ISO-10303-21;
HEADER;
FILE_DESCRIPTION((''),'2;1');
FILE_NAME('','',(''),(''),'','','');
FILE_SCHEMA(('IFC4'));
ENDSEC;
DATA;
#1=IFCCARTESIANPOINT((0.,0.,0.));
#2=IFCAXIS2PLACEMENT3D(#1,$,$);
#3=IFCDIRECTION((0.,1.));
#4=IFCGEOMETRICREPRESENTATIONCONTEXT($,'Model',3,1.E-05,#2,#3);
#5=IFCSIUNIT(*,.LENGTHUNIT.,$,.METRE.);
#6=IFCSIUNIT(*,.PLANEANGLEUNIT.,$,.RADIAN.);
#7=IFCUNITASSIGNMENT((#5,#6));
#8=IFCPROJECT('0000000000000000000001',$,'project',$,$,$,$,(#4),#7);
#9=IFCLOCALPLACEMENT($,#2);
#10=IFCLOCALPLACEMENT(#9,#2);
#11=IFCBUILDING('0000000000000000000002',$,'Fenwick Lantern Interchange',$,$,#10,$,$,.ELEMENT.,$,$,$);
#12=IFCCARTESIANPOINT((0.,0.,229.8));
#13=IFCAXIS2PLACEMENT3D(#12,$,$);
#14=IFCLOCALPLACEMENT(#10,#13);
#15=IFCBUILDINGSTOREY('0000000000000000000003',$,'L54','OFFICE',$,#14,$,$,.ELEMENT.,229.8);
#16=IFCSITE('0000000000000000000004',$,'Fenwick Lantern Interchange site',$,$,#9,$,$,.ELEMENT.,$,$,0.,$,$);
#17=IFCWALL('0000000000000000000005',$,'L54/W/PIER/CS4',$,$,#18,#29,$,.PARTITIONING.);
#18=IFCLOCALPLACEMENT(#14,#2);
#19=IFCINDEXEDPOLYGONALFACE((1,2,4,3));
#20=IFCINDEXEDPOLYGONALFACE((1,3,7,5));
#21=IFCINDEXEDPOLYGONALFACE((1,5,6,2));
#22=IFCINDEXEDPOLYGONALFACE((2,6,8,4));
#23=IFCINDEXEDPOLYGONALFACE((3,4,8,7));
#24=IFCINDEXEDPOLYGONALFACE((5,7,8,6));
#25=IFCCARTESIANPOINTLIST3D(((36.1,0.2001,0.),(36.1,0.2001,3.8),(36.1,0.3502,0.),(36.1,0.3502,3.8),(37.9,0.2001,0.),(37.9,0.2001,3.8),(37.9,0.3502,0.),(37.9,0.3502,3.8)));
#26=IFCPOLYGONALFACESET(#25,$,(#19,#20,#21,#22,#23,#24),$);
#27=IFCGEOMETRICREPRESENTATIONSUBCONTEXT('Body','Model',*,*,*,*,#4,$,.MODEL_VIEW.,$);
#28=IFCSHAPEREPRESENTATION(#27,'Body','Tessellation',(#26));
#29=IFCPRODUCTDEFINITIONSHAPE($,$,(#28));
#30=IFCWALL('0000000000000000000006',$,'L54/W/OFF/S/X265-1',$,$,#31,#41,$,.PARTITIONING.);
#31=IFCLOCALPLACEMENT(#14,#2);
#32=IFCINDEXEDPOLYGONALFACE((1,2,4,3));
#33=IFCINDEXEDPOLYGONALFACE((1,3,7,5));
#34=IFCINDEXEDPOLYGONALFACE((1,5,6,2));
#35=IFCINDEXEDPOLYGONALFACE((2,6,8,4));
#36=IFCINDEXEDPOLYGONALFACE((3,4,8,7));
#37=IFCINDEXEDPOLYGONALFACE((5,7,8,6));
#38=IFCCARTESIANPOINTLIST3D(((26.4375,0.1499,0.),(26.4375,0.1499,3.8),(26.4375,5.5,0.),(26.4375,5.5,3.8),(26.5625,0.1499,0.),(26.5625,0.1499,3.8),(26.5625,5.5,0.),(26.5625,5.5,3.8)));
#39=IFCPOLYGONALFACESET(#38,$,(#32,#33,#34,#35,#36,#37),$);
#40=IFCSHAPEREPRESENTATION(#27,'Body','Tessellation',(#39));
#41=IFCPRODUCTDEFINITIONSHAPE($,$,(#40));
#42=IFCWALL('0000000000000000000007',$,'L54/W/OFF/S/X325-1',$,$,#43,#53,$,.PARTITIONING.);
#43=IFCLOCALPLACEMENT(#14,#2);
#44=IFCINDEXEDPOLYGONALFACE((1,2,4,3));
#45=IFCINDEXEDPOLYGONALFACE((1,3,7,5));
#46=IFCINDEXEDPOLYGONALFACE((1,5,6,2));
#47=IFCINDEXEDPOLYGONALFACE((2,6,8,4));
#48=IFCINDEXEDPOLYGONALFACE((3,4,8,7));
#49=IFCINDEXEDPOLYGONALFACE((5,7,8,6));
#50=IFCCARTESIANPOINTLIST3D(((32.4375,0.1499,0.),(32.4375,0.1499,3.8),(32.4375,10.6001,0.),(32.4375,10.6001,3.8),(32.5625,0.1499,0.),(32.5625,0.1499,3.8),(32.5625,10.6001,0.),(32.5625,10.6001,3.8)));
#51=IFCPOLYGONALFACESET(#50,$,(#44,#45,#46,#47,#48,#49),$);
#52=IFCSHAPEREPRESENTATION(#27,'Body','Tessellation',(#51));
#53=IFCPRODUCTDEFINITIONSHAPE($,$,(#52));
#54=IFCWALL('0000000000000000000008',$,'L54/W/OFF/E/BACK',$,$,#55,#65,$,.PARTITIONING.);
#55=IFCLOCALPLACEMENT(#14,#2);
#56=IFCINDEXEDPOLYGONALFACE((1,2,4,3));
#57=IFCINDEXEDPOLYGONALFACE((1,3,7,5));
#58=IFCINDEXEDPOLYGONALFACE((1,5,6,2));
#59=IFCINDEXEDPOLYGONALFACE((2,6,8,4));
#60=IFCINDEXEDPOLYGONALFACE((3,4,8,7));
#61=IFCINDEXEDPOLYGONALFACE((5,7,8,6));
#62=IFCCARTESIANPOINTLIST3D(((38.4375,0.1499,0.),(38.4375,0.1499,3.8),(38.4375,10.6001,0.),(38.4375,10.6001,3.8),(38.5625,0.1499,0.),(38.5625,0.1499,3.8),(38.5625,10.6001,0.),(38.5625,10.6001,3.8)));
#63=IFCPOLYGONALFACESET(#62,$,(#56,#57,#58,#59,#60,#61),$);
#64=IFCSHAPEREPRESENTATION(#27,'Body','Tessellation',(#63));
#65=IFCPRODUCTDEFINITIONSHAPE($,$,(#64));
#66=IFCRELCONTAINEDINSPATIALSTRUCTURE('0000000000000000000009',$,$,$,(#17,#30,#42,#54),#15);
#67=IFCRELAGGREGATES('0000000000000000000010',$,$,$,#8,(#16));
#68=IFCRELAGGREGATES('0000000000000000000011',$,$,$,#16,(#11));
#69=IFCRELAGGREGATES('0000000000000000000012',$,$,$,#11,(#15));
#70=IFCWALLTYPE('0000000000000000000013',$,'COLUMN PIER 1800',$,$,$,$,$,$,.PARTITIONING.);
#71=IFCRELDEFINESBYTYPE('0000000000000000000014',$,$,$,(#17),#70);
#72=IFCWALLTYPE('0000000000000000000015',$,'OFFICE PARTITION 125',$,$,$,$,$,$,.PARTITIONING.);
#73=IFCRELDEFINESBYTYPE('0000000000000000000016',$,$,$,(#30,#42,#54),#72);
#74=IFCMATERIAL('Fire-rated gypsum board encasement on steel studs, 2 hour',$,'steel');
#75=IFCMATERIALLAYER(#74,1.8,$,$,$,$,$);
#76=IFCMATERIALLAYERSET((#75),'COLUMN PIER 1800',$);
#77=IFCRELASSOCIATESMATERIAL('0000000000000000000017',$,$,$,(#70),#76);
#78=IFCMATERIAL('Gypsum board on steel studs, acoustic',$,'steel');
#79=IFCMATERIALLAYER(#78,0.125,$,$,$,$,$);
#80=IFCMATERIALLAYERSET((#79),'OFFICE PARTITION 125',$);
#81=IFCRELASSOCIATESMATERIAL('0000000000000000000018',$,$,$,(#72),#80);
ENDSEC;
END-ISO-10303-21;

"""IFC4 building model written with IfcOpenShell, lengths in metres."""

from ifc_helpers import new_model, si_unit, direction, frame, frame_2d, origin, place, context, subcontext, project, spatial, rectangle, extrude, material, layer, layer_set, type_object, element, save


model = new_model("IFC4")

# Units and contexts
model_context = context("Model", 3, precision=1e-05, world=origin(), true_north=direction((0.0, 1.0)))
body_context = subcontext(model_context, "Body", "Model", "MODEL_VIEW")
ifc_project = project(units=[si_unit("LENGTHUNIT", "METRE"), si_unit("PLANEANGLEUNIT", "RADIAN")], contexts=[model_context])

# Site, building, storey
site_placement = place(None, origin())
site = spatial("IfcSite", under=ifc_project, at=site_placement, Name="Fenwick Lantern Interchange site", CompositionType="ELEMENT", RefElevation=0.0)
building_placement = place(site_placement, origin())
building = spatial("IfcBuilding", under=site, at=building_placement, Name="Fenwick Lantern Interchange", CompositionType="ELEMENT")
storey_placement = place(building_placement, frame((0.0, 0.0, 229.8)))
storey = spatial("IfcBuildingStorey", under=building, at=storey_placement, Name="L54", Description="OFFICE", CompositionType="ELEMENT", Elevation=229.8)

# Walls
ifc_material_1 = material(Name="Fire-rated gypsum board encasement on steel studs, 2 hour", Category="steel")
ifc_layer_1 = layer(ifc_material_1, 1.8)
ifc_layer_set_1 = layer_set([ifc_layer_1], Name="COLUMN PIER 1800")
wall_type_1 = type_object("IfcWallType", Name="COLUMN PIER 1800", PredefinedType="PARTITIONING", material=ifc_layer_set_1)
wall_1_placement = place(storey_placement, frame((37.0, 0.2, 0.0), z_axis=(0.0, 0.0, 1.0), x_axis=(0.0, 1.0, 0.0)))
element("IfcWall", 1, at=wall_1_placement, inside=storey, type_object=wall_type_1, Name="L54/W/PIER/CS4", PredefinedType="PARTITIONING", context=body_context, shape_type="SweptSolid", body=[
    extrude(rectangle(XDim=0.1501, YDim=1.8, at=frame_2d((0.0752, 0.0))), origin(), (0.0, 0.0, 1.0), 3.8),
])
ifc_material_2 = material(Name="Gypsum board on steel studs, acoustic", Category="steel")
ifc_layer_2 = layer(ifc_material_2, 0.125)
ifc_layer_set_2 = layer_set([ifc_layer_2], Name="OFFICE PARTITION 125")
wall_type_2 = type_object("IfcWallType", Name="OFFICE PARTITION 125", PredefinedType="PARTITIONING", material=ifc_layer_set_2)
wall_2_placement = place(storey_placement, frame((26.5, 0.1499, 0.0), z_axis=(0.0, 0.0, 1.0), x_axis=(0.0, 1.0, 0.0)))
element("IfcWall", 2, at=wall_2_placement, inside=storey, type_object=wall_type_2, Name="L54/W/OFF/S/X265-1", PredefinedType="PARTITIONING", context=body_context, shape_type="SweptSolid", body=[
    extrude(rectangle(XDim=5.3501, YDim=0.125, at=frame_2d((2.675, 0.0))), origin(), (0.0, 0.0, 1.0), 3.8),
])
for number, where, z_axis, x_axis, name in (
    (3, (32.5, 0.1499, 0.0), (0.0, 0.0, 1.0), (0.0, 1.0, 0.0), "L54/W/OFF/S/X325-1"),
    (4, (38.5, 0.1499, 0.0), (0.0, 0.0, 1.0), (0.0, 1.0, 0.0), "L54/W/OFF/E/BACK"),
):
    element("IfcWall", number, at=place(storey_placement, frame(where, z_axis=z_axis, x_axis=x_axis)), inside=storey, type_object=wall_type_2, Name=name, PredefinedType="PARTITIONING", context=body_context, shape_type="SweptSolid", body=[
        extrude(rectangle(XDim=10.4502, YDim=0.125, at=frame_2d((5.2251, 0.0))), origin(), (0.0, 0.0, 1.0), 3.8),
    ])

save(model, "model.ifc")
